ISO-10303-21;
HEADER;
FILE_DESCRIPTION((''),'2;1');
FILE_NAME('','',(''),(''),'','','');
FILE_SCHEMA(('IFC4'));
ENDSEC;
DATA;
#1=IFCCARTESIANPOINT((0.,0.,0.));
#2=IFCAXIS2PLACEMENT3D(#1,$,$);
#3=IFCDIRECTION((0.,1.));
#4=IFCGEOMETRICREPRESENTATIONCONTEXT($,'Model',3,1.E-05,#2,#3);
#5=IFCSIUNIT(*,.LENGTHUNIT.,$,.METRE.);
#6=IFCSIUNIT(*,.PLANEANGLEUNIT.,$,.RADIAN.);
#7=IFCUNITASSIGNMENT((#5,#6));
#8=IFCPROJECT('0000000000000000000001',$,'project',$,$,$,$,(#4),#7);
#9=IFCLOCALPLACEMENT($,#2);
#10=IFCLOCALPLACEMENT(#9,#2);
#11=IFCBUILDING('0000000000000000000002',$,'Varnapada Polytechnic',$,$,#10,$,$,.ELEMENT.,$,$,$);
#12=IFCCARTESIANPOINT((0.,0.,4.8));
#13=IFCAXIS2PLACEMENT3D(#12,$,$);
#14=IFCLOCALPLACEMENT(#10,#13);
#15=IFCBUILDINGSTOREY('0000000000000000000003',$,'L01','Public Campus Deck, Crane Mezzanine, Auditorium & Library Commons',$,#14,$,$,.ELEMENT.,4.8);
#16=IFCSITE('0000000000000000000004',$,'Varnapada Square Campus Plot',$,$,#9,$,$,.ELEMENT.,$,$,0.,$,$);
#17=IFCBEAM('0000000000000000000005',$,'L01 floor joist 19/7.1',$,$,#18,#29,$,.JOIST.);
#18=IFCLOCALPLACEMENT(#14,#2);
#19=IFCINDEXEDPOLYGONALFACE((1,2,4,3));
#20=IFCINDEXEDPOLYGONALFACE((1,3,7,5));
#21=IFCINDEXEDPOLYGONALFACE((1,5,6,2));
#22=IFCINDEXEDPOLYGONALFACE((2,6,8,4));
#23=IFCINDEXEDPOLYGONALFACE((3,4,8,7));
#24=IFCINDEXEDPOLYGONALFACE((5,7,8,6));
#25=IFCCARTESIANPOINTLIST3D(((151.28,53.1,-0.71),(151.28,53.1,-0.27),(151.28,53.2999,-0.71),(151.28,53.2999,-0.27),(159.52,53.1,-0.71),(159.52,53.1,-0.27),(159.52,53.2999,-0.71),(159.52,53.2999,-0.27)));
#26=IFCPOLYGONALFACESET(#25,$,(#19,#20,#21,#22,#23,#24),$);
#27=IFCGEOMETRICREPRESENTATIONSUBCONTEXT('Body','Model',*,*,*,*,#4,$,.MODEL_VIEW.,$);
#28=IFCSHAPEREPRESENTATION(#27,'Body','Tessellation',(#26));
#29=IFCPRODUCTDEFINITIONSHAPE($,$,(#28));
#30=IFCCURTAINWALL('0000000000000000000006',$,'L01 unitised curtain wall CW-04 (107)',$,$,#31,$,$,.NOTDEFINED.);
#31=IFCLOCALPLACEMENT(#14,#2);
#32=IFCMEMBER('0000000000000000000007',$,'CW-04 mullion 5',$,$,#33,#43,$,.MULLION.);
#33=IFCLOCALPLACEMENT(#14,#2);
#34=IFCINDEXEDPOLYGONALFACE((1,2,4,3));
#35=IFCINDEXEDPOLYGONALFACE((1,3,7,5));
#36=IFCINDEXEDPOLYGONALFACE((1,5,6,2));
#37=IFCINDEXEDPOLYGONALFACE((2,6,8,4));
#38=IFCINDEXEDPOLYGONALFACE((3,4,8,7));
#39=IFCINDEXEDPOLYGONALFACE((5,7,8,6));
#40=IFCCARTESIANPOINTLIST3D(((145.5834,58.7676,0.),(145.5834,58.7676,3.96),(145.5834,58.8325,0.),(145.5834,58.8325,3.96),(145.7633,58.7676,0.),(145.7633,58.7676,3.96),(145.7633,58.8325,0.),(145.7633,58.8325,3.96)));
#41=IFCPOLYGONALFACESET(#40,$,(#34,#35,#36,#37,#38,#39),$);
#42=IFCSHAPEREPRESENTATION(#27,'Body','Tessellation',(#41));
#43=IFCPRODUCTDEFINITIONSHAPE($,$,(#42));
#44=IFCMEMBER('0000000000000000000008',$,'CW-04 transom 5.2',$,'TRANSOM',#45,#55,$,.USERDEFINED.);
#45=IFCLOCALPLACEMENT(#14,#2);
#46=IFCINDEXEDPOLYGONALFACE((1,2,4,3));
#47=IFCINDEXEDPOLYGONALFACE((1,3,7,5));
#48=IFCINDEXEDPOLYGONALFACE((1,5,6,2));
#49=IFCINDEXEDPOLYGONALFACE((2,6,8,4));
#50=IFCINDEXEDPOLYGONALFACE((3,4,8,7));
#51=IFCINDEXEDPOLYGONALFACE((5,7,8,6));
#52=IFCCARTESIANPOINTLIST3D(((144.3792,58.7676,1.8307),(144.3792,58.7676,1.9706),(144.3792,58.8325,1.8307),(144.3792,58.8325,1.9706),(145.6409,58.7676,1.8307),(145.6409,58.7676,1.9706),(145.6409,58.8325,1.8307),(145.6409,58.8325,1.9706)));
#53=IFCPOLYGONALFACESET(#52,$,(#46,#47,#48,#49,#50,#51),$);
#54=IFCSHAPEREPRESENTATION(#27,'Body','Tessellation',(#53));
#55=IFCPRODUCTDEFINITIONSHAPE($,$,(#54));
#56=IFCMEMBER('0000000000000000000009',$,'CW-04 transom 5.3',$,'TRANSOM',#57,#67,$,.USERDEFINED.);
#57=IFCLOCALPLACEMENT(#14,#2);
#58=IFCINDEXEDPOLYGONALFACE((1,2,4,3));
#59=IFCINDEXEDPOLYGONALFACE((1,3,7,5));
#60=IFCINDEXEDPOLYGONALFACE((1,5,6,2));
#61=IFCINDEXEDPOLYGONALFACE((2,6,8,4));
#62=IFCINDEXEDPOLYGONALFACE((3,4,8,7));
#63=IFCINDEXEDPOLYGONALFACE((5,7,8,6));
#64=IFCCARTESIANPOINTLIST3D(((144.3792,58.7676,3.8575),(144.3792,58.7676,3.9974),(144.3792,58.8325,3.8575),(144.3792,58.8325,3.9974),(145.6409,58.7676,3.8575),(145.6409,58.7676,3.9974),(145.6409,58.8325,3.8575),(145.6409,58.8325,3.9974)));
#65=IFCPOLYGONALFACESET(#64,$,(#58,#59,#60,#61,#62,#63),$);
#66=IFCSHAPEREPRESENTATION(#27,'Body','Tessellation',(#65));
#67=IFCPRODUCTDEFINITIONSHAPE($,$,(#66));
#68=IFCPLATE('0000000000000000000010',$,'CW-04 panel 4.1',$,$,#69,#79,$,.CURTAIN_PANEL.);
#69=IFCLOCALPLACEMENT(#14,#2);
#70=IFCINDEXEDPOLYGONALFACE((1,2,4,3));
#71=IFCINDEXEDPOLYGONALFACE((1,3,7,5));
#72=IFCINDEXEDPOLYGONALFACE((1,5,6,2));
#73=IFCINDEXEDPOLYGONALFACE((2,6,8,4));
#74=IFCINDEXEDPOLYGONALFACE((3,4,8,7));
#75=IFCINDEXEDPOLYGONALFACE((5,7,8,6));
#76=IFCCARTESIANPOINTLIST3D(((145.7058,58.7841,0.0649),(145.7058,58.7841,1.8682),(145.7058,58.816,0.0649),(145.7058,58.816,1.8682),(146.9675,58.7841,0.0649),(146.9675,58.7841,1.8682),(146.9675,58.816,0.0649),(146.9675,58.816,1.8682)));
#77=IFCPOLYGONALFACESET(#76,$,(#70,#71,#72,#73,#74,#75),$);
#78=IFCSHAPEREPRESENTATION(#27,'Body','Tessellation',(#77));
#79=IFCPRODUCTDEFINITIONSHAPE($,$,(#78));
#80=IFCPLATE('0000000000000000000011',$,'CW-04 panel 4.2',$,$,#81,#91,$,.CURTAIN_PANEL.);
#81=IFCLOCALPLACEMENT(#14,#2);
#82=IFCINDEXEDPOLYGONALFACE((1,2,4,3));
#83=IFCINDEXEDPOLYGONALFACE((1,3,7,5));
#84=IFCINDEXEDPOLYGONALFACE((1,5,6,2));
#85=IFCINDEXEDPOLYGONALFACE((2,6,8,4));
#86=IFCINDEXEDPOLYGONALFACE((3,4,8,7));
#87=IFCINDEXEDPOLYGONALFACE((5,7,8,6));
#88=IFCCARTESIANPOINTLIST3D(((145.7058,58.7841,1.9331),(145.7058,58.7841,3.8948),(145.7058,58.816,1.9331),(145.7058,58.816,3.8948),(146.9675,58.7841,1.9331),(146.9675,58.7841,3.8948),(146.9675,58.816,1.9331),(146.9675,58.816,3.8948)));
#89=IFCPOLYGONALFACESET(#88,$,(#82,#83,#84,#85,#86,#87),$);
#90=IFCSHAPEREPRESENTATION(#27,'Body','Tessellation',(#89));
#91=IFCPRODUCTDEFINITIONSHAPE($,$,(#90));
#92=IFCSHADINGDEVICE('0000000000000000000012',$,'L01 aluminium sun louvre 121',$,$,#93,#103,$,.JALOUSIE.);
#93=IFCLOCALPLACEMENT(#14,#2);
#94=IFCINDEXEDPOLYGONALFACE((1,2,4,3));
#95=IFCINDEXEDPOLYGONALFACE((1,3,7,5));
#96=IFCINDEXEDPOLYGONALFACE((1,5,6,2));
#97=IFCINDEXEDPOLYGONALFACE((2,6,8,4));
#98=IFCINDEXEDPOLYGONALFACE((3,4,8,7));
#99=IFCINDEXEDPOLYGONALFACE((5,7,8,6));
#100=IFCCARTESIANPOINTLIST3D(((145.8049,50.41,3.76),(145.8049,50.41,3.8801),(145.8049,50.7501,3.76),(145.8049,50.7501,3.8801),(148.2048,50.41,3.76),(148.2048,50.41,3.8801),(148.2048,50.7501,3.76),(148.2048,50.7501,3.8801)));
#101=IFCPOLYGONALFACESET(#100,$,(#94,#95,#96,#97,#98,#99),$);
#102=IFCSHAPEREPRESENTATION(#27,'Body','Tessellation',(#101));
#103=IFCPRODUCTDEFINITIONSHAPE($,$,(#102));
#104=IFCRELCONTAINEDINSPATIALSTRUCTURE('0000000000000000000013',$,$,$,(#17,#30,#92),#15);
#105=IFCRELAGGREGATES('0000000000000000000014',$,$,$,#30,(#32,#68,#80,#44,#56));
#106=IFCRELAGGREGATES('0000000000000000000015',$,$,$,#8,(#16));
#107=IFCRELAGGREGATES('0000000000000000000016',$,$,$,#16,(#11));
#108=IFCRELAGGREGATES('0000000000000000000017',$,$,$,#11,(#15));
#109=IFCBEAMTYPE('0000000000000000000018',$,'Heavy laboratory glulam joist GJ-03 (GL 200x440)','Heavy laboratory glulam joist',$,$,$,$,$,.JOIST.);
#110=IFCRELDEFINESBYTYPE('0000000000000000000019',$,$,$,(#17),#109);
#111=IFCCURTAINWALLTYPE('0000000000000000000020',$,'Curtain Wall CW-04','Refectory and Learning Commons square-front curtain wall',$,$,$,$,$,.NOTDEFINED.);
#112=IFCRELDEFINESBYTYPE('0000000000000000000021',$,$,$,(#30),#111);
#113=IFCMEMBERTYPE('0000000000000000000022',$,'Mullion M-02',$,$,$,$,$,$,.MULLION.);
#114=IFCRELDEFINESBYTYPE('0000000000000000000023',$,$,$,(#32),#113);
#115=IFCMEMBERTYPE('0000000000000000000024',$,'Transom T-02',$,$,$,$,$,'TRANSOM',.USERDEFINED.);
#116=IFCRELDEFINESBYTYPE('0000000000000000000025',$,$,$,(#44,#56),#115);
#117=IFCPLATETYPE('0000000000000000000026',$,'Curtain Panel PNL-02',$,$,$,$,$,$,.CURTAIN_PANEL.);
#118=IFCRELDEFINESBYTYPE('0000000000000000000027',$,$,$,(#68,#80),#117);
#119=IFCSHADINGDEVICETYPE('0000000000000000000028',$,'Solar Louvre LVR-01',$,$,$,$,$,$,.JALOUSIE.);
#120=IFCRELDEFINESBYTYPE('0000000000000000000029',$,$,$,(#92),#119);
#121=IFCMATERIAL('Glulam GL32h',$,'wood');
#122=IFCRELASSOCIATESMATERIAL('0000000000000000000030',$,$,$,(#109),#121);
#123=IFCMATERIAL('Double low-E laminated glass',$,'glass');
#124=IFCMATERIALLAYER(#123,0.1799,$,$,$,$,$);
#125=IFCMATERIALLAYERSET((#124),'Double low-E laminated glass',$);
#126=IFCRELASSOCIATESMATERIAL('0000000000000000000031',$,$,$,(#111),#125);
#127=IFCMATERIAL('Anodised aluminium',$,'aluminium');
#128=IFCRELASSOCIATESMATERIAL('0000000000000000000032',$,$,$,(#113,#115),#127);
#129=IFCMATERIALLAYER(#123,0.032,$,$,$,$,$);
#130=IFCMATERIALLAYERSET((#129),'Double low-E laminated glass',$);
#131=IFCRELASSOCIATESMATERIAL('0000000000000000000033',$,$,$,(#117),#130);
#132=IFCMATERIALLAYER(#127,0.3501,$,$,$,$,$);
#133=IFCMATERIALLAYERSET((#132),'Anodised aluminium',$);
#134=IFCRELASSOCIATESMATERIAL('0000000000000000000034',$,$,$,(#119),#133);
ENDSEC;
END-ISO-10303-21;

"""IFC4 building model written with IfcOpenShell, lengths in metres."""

from ifc_helpers import new_model, si_unit, direction, frame, origin, origin_2d, place, context, subcontext, project, spatial, rectangle, extrude, material, layer, layer_set, material_profile, profile_set, type_object, element, aggregate, save


model = new_model("IFC4")

# Units and contexts
model_context = context("Model", 3, precision=1e-05, world=origin(), true_north=direction((0.0, 1.0)))
body_context = subcontext(model_context, "Body", "Model", "MODEL_VIEW")
ifc_project = project(units=[si_unit("LENGTHUNIT", "METRE"), si_unit("PLANEANGLEUNIT", "RADIAN")], contexts=[model_context])

# Site, building, storey
site_placement = place(None, origin())
site = spatial("IfcSite", under=ifc_project, at=site_placement, Name="Varnapada Square Campus Plot", CompositionType="ELEMENT", RefElevation=0.0)
building_placement = place(site_placement, origin())
building = spatial("IfcBuilding", under=site, at=building_placement, Name="Varnapada Polytechnic", CompositionType="ELEMENT")
storey_placement = place(building_placement, frame((0.0, 0.0, 4.8)))
storey = spatial("IfcBuildingStorey", under=building, at=storey_placement, Name="L01", Description="Public Campus Deck, Crane Mezzanine, Auditorium & Library Commons", CompositionType="ELEMENT", Elevation=4.8)

# Beam
ifc_material_1 = material(Name="Glulam GL32h", Category="wood")
ifc_material_profile_1 = material_profile(ifc_material_1, rectangle(XDim=0.2, YDim=0.4399, at=origin_2d()), Name="GL 200x440")
ifc_profile_set_1 = profile_set([ifc_material_profile_1], Name="Glulam GL32h")
beam_type = type_object("IfcBeamType", Name="Heavy laboratory glulam joist GJ-03 (GL 200x440)", Description="Heavy laboratory glulam joist", PredefinedType="JOIST", material=ifc_profile_set_1)
beam_placement = place(storey_placement, frame((151.28, 53.2, -0.49), z_axis=(1.0, 0.0, 0.0), x_axis=(0.0, 1.0, 0.0)))
element("IfcBeam", 1, at=beam_placement, inside=storey, type_object=beam_type, Name="L01 floor joist 19/7.1", PredefinedType="JOIST", context=body_context, shape_type="SweptSolid", body=[
    extrude(rectangle(XDim=0.2, YDim=0.4399, at=origin_2d()), origin(), (0.0, 0.0, 1.0), 8.24),
])

# Curtain wall, members, plates
ifc_material_2 = material(Name="Double low-E laminated glass", Category="glass")
ifc_layer_1 = layer(ifc_material_2, 0.1799)
ifc_layer_set_1 = layer_set([ifc_layer_1], Name="Double low-E laminated glass")
curtain_wall_type = type_object("IfcCurtainWallType", Name="Curtain Wall CW-04", Description="Refectory and Learning Commons square-front curtain wall", PredefinedType="NOTDEFINED", material=ifc_layer_set_1)
curtain_wall_placement = place(storey_placement, origin())
curtain_wall = element("IfcCurtainWall", 2, at=curtain_wall_placement, inside=storey, type_object=curtain_wall_type, Name="L01 unitised curtain wall CW-04 (107)", PredefinedType="NOTDEFINED")
ifc_material_3 = material(Name="Anodised aluminium", Category="aluminium")
ifc_material_profile_2 = material_profile(ifc_material_3, rectangle(XDim=0.0649, YDim=0.1799, at=origin_2d()), Name="ALU M65x180")
ifc_profile_set_2 = profile_set([ifc_material_profile_2], Name="Anodised aluminium")
member_type_1 = type_object("IfcMemberType", Name="Mullion M-02", PredefinedType="MULLION", material=ifc_profile_set_2)
member_1_placement = place(storey_placement, frame((145.6733, 58.8, 0.0), z_axis=(0.0, 0.0, 1.0), x_axis=(0.0, -1.0, 0.0)))
member_1 = element("IfcMember", 3, at=member_1_placement, type_object=member_type_1, Name="CW-04 mullion 5", PredefinedType="MULLION", context=body_context, shape_type="SweptSolid", body=[
    extrude(rectangle(XDim=0.0649, YDim=0.1799, at=origin_2d()), origin(), (0.0, 0.0, 1.0), 3.96),
])
ifc_material_profile_3 = material_profile(ifc_material_3, rectangle(XDim=0.0649, YDim=0.1399, at=origin_2d()), Name="ALU T65x140")
ifc_profile_set_3 = profile_set([ifc_material_profile_3], Name="Anodised aluminium")
member_type_2 = type_object("IfcMemberType", Name="Transom T-02", ElementType="TRANSOM", PredefinedType="USERDEFINED", material=ifc_profile_set_3)
member_2_placement = place(storey_placement, frame((145.6409, 58.8, 1.9006), z_axis=(-1.0, 0.0, 0.0), x_axis=(0.0, -1.0, 0.0)))
member_2 = element("IfcMember", 4, at=member_2_placement, type_object=member_type_2, Name="CW-04 transom 5.2", ObjectType="TRANSOM", PredefinedType="USERDEFINED", context=body_context, shape_type="SweptSolid", body=[
    extrude(rectangle(XDim=0.0649, YDim=0.1399, at=origin_2d()), origin(), (0.0, 0.0, 1.0), 1.2617),
])
member_3_placement = place(storey_placement, frame((145.6409, 58.8, 3.9275), z_axis=(-1.0, 0.0, 0.0), x_axis=(0.0, -1.0, 0.0)))
member_3 = element("IfcMember", 5, at=member_3_placement, type_object=member_type_2, Name="CW-04 transom 5.3", ObjectType="TRANSOM", PredefinedType="USERDEFINED", context=body_context, shape_type="SweptSolid", body=[
    extrude(rectangle(XDim=0.0649, YDim=0.1399, at=origin_2d()), origin(), (0.0, 0.0, 1.0), 1.2617),
])
ifc_layer_2 = layer(ifc_material_2, 0.032)
ifc_layer_set_2 = layer_set([ifc_layer_2], Name="Double low-E laminated glass")
plate_type = type_object("IfcPlateType", Name="Curtain Panel PNL-02", PredefinedType="CURTAIN_PANEL", material=ifc_layer_set_2)
plate_1_placement = place(storey_placement, frame((146.3367, 58.8, 0.0649), z_axis=(0.0, 0.0, 1.0), x_axis=(-1.0, 0.0, 0.0)))
plate_1 = element("IfcPlate", 6, at=plate_1_placement, type_object=plate_type, Name="CW-04 panel 4.1", PredefinedType="CURTAIN_PANEL", context=body_context, shape_type="SweptSolid", body=[
    extrude(rectangle(XDim=1.2617, YDim=0.032, at=origin_2d()), origin(), (0.0, 0.0, 1.0), 1.8032),
])
plate_2_placement = place(storey_placement, frame((146.3367, 58.8, 1.9331), z_axis=(0.0, 0.0, 1.0), x_axis=(-1.0, 0.0, 0.0)))
plate_2 = element("IfcPlate", 7, at=plate_2_placement, type_object=plate_type, Name="CW-04 panel 4.2", PredefinedType="CURTAIN_PANEL", context=body_context, shape_type="SweptSolid", body=[
    extrude(rectangle(XDim=1.2617, YDim=0.032, at=origin_2d()), origin(), (0.0, 0.0, 1.0), 1.9617),
])
aggregate(curtain_wall, [member_1, plate_1, plate_2, member_2, member_3])

# Shading device
ifc_layer_3 = layer(ifc_material_3, 0.3501)
ifc_layer_set_3 = layer_set([ifc_layer_3], Name="Anodised aluminium")
shading_device_type_1 = type_object("IfcShadingDeviceType", Name="Solar Louvre LVR-01", PredefinedType="JALOUSIE", material=ifc_layer_set_3)
shading_device_1_placement = place(storey_placement, frame((147.0049, 50.5801, 3.76), z_axis=(0.0, 0.0, 1.0), x_axis=(1.0, 0.0, 0.0)))
element("IfcShadingDevice", 8, at=shading_device_1_placement, inside=storey, type_object=shading_device_type_1, Name="L01 aluminium sun louvre 121", PredefinedType="JALOUSIE", context=body_context, shape_type="SweptSolid", body=[
    extrude(rectangle(XDim=2.3999, YDim=0.3401, at=origin_2d()), origin(), (0.0, 0.0, 1.0), 0.1201),
])

save(model, "model.ifc")
